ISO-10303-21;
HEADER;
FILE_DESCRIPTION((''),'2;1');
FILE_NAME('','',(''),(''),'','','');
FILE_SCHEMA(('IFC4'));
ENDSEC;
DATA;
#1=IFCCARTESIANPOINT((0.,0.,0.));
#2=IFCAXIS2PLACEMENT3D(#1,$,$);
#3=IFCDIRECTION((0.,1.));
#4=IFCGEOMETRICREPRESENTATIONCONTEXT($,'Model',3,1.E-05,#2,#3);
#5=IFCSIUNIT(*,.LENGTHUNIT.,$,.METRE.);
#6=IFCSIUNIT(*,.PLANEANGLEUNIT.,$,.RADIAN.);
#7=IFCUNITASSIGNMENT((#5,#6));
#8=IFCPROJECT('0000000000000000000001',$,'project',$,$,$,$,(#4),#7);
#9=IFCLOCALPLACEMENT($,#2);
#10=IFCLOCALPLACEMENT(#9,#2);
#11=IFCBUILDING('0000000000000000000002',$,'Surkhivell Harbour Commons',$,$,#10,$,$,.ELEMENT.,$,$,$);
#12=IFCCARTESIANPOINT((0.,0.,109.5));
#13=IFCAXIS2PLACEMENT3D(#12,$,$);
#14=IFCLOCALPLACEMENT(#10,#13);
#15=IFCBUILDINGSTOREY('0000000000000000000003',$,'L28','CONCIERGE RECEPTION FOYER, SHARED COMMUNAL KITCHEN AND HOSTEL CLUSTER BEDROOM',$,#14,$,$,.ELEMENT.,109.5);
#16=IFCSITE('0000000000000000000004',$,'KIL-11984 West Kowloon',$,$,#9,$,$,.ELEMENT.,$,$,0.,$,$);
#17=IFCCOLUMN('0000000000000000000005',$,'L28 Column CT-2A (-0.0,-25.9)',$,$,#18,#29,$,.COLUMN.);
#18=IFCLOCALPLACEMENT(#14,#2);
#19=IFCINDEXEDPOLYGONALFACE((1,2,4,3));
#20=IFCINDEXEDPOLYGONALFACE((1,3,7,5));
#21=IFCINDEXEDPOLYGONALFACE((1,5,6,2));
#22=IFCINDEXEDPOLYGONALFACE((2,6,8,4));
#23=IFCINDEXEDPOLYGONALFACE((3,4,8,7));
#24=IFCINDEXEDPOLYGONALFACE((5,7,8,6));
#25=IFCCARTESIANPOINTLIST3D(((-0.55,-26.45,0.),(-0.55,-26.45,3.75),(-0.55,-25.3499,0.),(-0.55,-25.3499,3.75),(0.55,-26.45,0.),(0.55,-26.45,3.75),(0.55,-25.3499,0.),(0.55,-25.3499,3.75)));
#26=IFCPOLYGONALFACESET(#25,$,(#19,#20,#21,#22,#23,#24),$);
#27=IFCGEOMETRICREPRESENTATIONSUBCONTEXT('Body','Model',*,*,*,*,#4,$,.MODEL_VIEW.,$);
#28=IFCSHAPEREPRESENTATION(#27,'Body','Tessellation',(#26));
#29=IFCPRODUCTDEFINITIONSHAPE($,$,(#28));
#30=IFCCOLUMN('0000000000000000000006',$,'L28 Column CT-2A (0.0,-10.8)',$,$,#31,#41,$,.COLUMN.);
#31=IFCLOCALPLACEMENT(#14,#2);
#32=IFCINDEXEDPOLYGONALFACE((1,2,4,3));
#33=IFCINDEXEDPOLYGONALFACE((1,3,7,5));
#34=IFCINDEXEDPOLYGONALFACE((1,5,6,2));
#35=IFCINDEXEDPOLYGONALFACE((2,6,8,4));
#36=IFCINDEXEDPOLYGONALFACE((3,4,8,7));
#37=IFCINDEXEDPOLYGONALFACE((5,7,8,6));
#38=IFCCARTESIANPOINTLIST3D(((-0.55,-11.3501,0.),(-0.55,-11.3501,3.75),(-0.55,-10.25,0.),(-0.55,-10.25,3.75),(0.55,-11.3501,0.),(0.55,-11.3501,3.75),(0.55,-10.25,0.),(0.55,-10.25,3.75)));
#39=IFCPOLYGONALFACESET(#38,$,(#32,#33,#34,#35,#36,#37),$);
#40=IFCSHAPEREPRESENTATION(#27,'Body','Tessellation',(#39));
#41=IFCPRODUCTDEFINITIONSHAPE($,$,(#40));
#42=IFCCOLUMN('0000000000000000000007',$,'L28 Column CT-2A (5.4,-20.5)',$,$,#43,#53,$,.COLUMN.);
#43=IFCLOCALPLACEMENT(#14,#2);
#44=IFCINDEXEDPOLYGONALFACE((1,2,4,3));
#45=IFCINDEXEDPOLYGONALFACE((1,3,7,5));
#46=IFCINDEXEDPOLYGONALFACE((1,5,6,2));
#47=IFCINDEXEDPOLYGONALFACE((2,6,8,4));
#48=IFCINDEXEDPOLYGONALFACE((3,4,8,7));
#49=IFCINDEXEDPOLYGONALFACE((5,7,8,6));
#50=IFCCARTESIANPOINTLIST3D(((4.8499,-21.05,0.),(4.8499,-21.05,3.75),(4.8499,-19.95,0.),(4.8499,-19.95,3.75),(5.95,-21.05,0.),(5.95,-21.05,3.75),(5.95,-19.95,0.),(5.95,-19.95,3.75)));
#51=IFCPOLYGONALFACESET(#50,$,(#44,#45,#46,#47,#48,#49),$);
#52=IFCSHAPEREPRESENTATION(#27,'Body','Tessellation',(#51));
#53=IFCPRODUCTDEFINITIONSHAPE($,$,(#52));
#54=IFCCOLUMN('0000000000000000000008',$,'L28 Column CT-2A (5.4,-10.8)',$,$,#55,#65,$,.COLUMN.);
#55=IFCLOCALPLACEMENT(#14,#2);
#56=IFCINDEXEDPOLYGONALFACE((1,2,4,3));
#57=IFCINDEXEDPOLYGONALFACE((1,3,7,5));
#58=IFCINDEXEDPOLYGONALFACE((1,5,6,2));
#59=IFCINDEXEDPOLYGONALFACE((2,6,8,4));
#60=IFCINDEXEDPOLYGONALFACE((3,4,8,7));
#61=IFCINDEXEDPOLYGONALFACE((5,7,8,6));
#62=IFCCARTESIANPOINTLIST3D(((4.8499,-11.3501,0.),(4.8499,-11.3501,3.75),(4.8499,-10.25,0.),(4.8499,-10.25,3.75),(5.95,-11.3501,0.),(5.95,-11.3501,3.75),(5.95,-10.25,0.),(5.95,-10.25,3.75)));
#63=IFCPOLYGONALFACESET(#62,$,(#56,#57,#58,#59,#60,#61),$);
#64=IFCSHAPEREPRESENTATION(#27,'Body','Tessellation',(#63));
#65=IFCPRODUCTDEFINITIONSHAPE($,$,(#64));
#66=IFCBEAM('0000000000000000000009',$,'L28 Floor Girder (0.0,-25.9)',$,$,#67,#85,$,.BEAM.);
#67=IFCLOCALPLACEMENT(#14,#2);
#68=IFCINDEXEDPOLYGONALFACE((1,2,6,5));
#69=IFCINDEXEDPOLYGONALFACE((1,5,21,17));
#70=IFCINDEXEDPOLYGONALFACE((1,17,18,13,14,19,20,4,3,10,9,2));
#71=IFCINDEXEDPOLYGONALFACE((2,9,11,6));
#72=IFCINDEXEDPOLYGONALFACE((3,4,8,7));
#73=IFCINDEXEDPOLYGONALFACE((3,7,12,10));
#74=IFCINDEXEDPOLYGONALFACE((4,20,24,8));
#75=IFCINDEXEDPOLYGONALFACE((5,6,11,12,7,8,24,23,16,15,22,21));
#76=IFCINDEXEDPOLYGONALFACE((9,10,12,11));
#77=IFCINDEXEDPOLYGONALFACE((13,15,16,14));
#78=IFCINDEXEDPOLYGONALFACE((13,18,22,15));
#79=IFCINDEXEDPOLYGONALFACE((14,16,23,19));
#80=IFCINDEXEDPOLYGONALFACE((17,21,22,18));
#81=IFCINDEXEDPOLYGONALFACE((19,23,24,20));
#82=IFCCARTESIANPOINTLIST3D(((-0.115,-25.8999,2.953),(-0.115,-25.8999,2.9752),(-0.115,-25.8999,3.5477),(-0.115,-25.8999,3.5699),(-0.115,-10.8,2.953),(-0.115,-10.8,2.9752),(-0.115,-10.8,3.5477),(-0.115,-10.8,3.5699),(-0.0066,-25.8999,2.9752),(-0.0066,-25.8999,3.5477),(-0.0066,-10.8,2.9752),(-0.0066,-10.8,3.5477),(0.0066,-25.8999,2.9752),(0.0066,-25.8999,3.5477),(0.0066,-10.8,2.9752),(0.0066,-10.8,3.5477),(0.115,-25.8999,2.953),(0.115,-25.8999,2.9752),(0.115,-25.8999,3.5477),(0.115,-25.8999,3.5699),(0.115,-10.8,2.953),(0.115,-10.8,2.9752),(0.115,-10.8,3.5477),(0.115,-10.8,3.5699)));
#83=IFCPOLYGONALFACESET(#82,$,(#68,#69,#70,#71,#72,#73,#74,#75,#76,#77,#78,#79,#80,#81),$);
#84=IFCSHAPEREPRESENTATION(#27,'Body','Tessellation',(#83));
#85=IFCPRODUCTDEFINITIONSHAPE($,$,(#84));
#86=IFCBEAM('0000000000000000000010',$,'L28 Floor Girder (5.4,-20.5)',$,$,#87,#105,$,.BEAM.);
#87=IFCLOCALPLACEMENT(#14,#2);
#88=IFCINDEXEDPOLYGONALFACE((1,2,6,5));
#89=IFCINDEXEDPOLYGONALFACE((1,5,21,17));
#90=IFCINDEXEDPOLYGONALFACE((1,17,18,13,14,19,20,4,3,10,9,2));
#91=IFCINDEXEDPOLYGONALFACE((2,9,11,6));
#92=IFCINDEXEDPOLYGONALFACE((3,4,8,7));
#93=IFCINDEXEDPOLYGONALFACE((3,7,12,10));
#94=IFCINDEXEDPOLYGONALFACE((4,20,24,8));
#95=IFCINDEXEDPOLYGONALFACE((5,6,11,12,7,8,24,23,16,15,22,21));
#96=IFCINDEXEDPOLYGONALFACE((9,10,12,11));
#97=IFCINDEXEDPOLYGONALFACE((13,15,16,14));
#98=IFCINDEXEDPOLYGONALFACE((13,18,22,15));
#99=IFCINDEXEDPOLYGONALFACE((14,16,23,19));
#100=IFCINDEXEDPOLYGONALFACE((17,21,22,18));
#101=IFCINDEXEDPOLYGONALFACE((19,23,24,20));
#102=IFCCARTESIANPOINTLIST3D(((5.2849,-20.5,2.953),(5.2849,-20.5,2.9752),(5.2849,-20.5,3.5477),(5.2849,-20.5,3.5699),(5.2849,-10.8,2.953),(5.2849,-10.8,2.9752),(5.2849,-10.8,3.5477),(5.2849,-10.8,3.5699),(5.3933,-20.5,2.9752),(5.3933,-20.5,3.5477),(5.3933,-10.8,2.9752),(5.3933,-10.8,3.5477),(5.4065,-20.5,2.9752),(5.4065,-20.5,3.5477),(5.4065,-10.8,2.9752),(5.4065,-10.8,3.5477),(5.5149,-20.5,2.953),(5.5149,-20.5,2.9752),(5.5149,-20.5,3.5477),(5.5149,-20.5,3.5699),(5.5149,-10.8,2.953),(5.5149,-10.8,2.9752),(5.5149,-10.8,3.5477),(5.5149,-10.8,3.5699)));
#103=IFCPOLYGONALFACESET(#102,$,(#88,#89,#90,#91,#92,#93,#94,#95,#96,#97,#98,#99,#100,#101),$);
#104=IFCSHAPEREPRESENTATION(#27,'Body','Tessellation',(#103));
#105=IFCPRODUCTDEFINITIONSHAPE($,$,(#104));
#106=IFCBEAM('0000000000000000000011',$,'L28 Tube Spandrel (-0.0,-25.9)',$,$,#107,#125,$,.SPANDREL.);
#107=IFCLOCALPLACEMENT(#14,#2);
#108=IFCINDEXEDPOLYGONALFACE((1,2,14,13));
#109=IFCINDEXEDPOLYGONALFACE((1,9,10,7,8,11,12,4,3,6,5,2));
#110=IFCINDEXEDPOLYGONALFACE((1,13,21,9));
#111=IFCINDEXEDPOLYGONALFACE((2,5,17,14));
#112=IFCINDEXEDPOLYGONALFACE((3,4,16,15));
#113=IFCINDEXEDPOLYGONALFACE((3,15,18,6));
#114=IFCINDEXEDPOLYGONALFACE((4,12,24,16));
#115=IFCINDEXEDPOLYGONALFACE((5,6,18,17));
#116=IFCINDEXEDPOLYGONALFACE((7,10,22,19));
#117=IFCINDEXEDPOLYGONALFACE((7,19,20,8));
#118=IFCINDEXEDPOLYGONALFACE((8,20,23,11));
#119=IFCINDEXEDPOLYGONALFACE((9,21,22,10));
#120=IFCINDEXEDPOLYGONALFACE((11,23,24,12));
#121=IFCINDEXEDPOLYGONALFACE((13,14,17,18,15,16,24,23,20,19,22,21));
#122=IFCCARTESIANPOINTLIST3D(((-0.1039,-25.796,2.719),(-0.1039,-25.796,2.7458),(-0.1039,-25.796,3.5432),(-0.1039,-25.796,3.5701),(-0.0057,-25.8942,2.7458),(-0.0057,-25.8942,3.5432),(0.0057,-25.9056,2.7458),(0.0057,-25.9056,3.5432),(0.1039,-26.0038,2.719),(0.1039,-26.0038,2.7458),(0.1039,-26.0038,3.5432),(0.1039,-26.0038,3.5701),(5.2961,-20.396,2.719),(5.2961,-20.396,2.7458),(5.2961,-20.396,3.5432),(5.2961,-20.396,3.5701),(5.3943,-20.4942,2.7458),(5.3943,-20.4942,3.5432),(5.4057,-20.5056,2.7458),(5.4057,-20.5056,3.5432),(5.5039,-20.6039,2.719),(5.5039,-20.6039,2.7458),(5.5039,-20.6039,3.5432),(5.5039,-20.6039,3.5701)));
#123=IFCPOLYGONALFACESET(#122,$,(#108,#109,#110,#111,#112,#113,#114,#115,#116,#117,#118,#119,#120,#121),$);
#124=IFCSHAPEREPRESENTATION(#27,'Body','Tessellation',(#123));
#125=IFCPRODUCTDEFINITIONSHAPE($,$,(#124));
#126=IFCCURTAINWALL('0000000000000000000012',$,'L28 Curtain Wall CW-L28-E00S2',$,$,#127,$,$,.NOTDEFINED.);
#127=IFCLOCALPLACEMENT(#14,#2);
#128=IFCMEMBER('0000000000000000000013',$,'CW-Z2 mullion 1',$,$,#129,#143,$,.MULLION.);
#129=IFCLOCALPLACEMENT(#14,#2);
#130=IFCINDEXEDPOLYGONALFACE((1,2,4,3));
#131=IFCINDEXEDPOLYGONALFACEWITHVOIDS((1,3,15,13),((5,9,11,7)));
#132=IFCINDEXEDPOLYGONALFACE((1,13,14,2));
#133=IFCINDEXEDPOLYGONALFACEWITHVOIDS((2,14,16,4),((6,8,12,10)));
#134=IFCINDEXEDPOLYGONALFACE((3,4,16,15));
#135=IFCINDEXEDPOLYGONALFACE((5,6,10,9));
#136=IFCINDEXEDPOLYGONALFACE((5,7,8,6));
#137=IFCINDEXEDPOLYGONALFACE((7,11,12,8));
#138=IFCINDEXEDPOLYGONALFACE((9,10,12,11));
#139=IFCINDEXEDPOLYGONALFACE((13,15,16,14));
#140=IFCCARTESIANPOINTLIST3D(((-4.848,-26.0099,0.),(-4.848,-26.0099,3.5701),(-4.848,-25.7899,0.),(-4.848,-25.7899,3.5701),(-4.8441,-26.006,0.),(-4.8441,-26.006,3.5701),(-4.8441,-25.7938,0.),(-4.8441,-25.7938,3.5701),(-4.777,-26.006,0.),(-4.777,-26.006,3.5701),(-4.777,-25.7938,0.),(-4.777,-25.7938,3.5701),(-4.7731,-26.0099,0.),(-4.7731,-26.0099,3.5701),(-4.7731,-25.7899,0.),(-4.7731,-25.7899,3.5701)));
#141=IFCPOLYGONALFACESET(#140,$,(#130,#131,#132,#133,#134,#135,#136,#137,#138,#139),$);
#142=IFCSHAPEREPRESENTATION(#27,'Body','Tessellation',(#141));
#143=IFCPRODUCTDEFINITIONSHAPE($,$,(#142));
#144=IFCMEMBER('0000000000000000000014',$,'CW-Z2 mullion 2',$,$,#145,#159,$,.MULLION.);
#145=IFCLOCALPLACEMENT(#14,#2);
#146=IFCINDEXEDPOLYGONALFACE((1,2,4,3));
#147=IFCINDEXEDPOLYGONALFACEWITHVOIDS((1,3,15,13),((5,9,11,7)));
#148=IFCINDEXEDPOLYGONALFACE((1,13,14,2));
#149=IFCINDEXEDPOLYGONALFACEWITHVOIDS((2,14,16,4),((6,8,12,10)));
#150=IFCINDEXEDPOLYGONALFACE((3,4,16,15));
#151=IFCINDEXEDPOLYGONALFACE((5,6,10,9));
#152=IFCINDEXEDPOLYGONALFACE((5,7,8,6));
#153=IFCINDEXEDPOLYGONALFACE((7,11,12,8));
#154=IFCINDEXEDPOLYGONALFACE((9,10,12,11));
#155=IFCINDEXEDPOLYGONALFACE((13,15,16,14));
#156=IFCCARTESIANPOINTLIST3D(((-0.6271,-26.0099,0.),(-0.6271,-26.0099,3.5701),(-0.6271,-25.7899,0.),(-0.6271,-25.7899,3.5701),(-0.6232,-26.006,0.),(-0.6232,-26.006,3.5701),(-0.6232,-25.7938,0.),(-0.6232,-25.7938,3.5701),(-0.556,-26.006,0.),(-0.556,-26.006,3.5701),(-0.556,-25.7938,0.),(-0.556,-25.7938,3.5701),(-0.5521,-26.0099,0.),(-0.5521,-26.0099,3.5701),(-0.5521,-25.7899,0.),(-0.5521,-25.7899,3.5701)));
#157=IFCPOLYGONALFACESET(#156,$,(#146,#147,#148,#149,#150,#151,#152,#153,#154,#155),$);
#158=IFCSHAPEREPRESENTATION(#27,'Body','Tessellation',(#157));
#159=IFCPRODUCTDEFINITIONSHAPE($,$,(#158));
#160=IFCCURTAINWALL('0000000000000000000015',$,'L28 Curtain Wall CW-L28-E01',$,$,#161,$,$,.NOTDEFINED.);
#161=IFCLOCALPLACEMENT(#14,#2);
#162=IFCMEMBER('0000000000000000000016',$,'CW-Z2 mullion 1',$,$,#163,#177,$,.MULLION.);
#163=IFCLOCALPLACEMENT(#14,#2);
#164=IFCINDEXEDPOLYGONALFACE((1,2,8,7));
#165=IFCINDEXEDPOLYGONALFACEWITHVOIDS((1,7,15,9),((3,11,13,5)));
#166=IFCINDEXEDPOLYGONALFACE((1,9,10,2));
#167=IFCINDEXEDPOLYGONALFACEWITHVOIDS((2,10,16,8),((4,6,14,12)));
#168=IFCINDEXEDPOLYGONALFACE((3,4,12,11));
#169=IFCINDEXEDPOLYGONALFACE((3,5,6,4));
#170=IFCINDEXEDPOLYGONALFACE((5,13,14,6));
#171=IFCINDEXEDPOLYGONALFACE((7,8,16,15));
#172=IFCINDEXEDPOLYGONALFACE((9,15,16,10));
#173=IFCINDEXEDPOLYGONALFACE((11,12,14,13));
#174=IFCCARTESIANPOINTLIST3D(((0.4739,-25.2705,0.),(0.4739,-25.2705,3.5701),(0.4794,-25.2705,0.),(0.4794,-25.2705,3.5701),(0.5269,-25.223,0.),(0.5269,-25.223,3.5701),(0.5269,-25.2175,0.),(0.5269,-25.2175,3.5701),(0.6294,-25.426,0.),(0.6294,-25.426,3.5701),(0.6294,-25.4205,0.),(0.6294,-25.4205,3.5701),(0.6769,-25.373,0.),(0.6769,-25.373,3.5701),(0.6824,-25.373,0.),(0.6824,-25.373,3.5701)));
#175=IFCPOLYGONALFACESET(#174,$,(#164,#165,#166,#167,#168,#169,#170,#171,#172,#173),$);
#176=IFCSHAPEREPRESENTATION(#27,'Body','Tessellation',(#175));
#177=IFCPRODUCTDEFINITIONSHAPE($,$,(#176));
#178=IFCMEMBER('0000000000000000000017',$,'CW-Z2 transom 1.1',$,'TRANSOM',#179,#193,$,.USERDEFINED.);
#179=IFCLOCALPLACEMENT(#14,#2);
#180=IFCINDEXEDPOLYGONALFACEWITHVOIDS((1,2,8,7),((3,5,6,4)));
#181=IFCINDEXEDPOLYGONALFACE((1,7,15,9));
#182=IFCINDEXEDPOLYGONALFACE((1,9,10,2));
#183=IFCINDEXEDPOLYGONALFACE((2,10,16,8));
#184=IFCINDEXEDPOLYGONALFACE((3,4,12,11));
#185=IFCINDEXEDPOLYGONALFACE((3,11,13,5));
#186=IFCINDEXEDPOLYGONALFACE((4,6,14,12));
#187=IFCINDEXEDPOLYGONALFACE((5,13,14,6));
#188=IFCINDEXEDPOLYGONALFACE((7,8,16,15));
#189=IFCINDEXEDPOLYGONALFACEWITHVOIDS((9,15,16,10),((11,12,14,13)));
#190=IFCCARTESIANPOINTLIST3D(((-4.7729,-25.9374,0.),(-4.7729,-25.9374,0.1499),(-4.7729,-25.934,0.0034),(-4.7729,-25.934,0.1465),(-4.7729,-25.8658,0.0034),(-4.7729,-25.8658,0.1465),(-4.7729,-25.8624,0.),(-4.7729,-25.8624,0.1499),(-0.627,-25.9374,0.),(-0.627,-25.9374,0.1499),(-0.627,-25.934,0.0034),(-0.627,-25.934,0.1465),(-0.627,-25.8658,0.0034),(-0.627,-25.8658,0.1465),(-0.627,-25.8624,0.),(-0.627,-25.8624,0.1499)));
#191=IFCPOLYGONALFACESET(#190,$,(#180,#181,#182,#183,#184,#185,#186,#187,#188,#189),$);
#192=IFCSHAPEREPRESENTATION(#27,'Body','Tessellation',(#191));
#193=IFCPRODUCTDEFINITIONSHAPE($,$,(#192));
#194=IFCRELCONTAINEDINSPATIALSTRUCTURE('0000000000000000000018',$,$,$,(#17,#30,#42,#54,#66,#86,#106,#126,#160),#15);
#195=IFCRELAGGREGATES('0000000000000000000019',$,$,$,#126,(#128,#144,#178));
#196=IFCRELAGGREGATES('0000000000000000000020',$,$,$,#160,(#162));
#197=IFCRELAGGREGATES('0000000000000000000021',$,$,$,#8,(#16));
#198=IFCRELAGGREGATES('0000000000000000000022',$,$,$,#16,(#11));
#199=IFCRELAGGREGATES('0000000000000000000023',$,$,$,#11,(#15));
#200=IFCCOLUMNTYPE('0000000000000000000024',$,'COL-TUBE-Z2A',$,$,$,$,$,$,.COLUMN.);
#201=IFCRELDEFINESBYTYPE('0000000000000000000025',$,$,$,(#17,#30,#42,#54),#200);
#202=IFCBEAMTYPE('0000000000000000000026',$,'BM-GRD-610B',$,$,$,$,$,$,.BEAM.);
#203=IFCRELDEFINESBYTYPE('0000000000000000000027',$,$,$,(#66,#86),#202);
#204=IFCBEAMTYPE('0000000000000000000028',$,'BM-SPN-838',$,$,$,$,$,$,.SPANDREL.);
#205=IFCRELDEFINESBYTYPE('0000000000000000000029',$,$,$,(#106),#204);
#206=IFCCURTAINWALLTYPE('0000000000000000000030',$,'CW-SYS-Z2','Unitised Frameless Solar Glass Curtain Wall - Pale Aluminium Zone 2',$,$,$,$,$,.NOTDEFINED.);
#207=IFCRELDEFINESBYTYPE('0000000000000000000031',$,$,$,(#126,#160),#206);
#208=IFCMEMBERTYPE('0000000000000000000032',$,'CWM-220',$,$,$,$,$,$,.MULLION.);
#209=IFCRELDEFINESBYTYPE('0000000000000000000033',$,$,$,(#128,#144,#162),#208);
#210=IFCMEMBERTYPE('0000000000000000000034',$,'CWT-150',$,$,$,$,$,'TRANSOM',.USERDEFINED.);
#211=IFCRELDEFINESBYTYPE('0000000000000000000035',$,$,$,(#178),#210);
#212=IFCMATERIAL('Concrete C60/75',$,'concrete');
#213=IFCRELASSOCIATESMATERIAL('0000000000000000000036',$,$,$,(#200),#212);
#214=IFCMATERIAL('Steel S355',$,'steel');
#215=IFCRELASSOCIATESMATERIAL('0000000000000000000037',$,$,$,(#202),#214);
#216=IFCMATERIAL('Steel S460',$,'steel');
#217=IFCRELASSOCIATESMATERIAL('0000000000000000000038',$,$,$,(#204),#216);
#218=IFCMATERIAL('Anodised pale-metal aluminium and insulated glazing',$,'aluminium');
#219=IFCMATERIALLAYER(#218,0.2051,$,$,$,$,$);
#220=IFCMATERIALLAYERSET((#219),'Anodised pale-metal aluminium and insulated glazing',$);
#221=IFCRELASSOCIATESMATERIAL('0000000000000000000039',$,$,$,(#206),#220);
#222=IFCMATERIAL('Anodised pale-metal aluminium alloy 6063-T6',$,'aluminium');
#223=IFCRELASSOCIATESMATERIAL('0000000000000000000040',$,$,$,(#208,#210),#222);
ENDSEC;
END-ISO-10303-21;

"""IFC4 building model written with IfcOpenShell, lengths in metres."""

from ifc_helpers import new_model, si_unit, direction, frame, origin, origin_2d, place, context, subcontext, project, spatial, rectangle, hollow_rectangle, i_section, extrude, material, layer, layer_set, material_profile, profile_set, type_object, element, aggregate, save


model = new_model("IFC4")

# Units and contexts
model_context = context("Model", 3, precision=1e-05, world=origin(), true_north=direction((0.0, 1.0)))
body_context = subcontext(model_context, "Body", "Model", "MODEL_VIEW")
ifc_project = project(units=[si_unit("LENGTHUNIT", "METRE"), si_unit("PLANEANGLEUNIT", "RADIAN")], contexts=[model_context])

# Site, building, storey
site_placement = place(None, origin())
site = spatial("IfcSite", under=ifc_project, at=site_placement, Name="KIL-11984 West Kowloon", CompositionType="ELEMENT", RefElevation=0.0)
building_placement = place(site_placement, origin())
building = spatial("IfcBuilding", under=site, at=building_placement, Name="Surkhivell Harbour Commons", CompositionType="ELEMENT")
storey_placement = place(building_placement, frame((0.0, 0.0, 109.5)))
storey = spatial("IfcBuildingStorey", under=building, at=storey_placement, Name="L28", Description="CONCIERGE RECEPTION FOYER, SHARED COMMUNAL KITCHEN AND HOSTEL CLUSTER BEDROOM", CompositionType="ELEMENT", Elevation=109.5)

# Columns
ifc_material_1 = material(Name="Concrete C60/75", Category="concrete")
ifc_material_profile_1 = material_profile(ifc_material_1, rectangle(XDim=1.1001, YDim=1.1001, at=origin_2d()), Name="RC-COL-1100x1100")
ifc_profile_set_1 = profile_set([ifc_material_profile_1], Name="Concrete C60/75")
column_type = type_object("IfcColumnType", Name="COL-TUBE-Z2A", PredefinedType="COLUMN", material=ifc_profile_set_1)
for number, where, z_axis, x_axis, name in (
    (1, (0.0, -25.8999, 0.0), (0.0, 0.0, 1.0), (1.0, 0.0, 0.0), "L28 Column CT-2A (-0.0,-25.9)"),
    (2, (0.0, -10.8, 0.0), (0.0, 0.0, 1.0), (1.0, 0.0, 0.0), "L28 Column CT-2A (0.0,-10.8)"),
    (3, (5.3999, -20.5, 0.0), (0.0, 0.0, 1.0), (1.0, 0.0, 0.0), "L28 Column CT-2A (5.4,-20.5)"),
    (4, (5.3999, -10.8, 0.0), (0.0, 0.0, 1.0), (1.0, 0.0, 0.0), "L28 Column CT-2A (5.4,-10.8)"),
):
    element("IfcColumn", number, at=place(storey_placement, frame(where, z_axis=z_axis, x_axis=x_axis)), inside=storey, type_object=column_type, Name=name, PredefinedType="COLUMN", context=body_context, shape_type="SweptSolid", body=[
        extrude(rectangle(XDim=1.1001, YDim=1.1001, at=origin_2d()), origin(), (0.0, 0.0, 1.0), 3.75),
    ])

# Beams
ifc_material_2 = material(Name="Steel S355", Category="steel")
ifc_material_profile_2 = material_profile(ifc_material_2, i_section(OverallWidth=0.23, OverallDepth=0.6169, WebThickness=0.0132, FlangeThickness=0.0222, at=origin_2d()), Name="UB610x229x140")
ifc_profile_set_2 = profile_set([ifc_material_profile_2], Name="Steel S355")
beam_type_1 = type_object("IfcBeamType", Name="BM-GRD-610B", PredefinedType="BEAM", material=ifc_profile_set_2)
beam_1_placement = place(storey_placement, frame((0.0, -25.8999, 3.2615), z_axis=(0.0, 1.0, 0.0), x_axis=(-1.0, 0.0, 0.0)))
element("IfcBeam", 5, at=beam_1_placement, inside=storey, type_object=beam_type_1, Name="L28 Floor Girder (0.0,-25.9)", PredefinedType="BEAM", context=body_context, shape_type="SweptSolid", body=[
    extrude(i_section(OverallWidth=0.23, OverallDepth=0.6169, WebThickness=0.0132, FlangeThickness=0.0222, at=origin_2d()), origin(), (0.0, 0.0, 1.0), 15.0999),
])
beam_2_placement = place(storey_placement, frame((5.3999, -20.5, 3.2615), z_axis=(0.0, 1.0, 0.0), x_axis=(-1.0, 0.0, 0.0)))
element("IfcBeam", 6, at=beam_2_placement, inside=storey, type_object=beam_type_1, Name="L28 Floor Girder (5.4,-20.5)", PredefinedType="BEAM", context=body_context, shape_type="SweptSolid", body=[
    extrude(i_section(OverallWidth=0.23, OverallDepth=0.6169, WebThickness=0.0132, FlangeThickness=0.0222, at=origin_2d()), origin(), (0.0, 0.0, 1.0), 9.7),
])
ifc_material_3 = material(Name="Steel S460", Category="steel")
ifc_material_profile_3 = material_profile(ifc_material_3, i_section(OverallWidth=0.2939, OverallDepth=0.8511, WebThickness=0.0161, FlangeThickness=0.0269, at=origin_2d()), Name="UB838x292x226")
ifc_profile_set_3 = profile_set([ifc_material_profile_3], Name="Steel S460")
beam_type_2 = type_object("IfcBeamType", Name="BM-SPN-838", PredefinedType="SPANDREL", material=ifc_profile_set_3)
beam_3_placement = place(storey_placement, frame((0.0, -25.8999, 3.1445), z_axis=(0.707107, 0.707107, 0.0), x_axis=(-0.707107, 0.707107, 0.0)))
element("IfcBeam", 7, at=beam_3_placement, inside=storey, type_object=beam_type_2, Name="L28 Tube Spandrel (-0.0,-25.9)", PredefinedType="SPANDREL", context=body_context, shape_type="SweptSolid", body=[
    extrude(i_section(OverallWidth=0.2939, OverallDepth=0.8511, WebThickness=0.0161, FlangeThickness=0.0269, at=origin_2d()), origin(), (0.0, 0.0, 1.0), 7.6367),
])

# Curtain wall, members
ifc_material_4 = material(Name="Anodised pale-metal aluminium and insulated glazing", Category="aluminium")
ifc_layer_1 = layer(ifc_material_4, 0.2051)
ifc_layer_set_1 = layer_set([ifc_layer_1], Name="Anodised pale-metal aluminium and insulated glazing")
curtain_wall_type = type_object("IfcCurtainWallType", Name="CW-SYS-Z2", Description="Unitised Frameless Solar Glass Curtain Wall - Pale Aluminium Zone 2", PredefinedType="NOTDEFINED", material=ifc_layer_set_1)
curtain_wall_1_placement = place(storey_placement, origin())
curtain_wall_1 = element("IfcCurtainWall", 8, at=curtain_wall_1_placement, inside=storey, type_object=curtain_wall_type, Name="L28 Curtain Wall CW-L28-E00S2", PredefinedType="NOTDEFINED")
ifc_material_5 = material(Name="Anodised pale-metal aluminium alloy 6063-T6", Category="aluminium")
ifc_material_profile_4 = material_profile(ifc_material_5, hollow_rectangle(XDim=0.075, YDim=0.22, WallThickness=0.0039, at=origin_2d()), Name="ALU-MULL-75x220")
ifc_profile_set_4 = profile_set([ifc_material_profile_4], Name="Anodised pale-metal aluminium alloy 6063-T6")
member_type_1 = type_object("IfcMemberType", Name="CWM-220", PredefinedType="MULLION", material=ifc_profile_set_4)
member_1_placement = place(storey_placement, frame((-4.8105, -25.8999, 0.0), z_axis=(0.0, 0.0, 1.0), x_axis=(1.0, 0.0, 0.0)))
member_1 = element("IfcMember", 9, at=member_1_placement, type_object=member_type_1, Name="CW-Z2 mullion 1", PredefinedType="MULLION", context=body_context, shape_type="SweptSolid", body=[
    extrude(hollow_rectangle(XDim=0.075, YDim=0.22, WallThickness=0.0039, at=origin_2d()), origin(), (0.0, 0.0, 1.0), 3.5701),
])
member_2_placement = place(storey_placement, frame((-0.5896, -25.8999, 0.0), z_axis=(0.0, 0.0, 1.0), x_axis=(1.0, 0.0, 0.0)))
member_2 = element("IfcMember", 10, at=member_2_placement, type_object=member_type_1, Name="CW-Z2 mullion 2", PredefinedType="MULLION", context=body_context, shape_type="SweptSolid", body=[
    extrude(hollow_rectangle(XDim=0.075, YDim=0.22, WallThickness=0.0039, at=origin_2d()), origin(), (0.0, 0.0, 1.0), 3.5701),
])

# Curtain wall, member
curtain_wall_2_placement = place(storey_placement, origin())
curtain_wall_2 = element("IfcCurtainWall", 11, at=curtain_wall_2_placement, inside=storey, type_object=curtain_wall_type, Name="L28 Curtain Wall CW-L28-E01", PredefinedType="NOTDEFINED")
member_3_placement = place(storey_placement, frame((0.5781, -25.3218, 0.0), z_axis=(0.0, 0.0, 1.0), x_axis=(0.707107, 0.707107, 0.0)))
member_3 = element("IfcMember", 12, at=member_3_placement, type_object=member_type_1, Name="CW-Z2 mullion 1", PredefinedType="MULLION", context=body_context, shape_type="SweptSolid", body=[
    extrude(hollow_rectangle(XDim=0.075, YDim=0.22, WallThickness=0.0039, at=origin_2d()), origin(), (0.0, 0.0, 1.0), 3.5701),
])

# Member
ifc_material_profile_5 = material_profile(ifc_material_5, hollow_rectangle(XDim=0.075, YDim=0.1499, WallThickness=0.0034, at=origin_2d()), Name="ALU-TRAN-75x150")
ifc_profile_set_5 = profile_set([ifc_material_profile_5], Name="Anodised pale-metal aluminium alloy 6063-T6")
member_type_2 = type_object("IfcMemberType", Name="CWT-150", ElementType="TRANSOM", PredefinedType="USERDEFINED", material=ifc_profile_set_5)
member_4_placement = place(storey_placement, frame((-4.7729, -25.8999, 0.075), z_axis=(1.0, 0.0, 0.0), x_axis=(0.0, 1.0, 0.0)))
member_4 = element("IfcMember", 13, at=member_4_placement, type_object=member_type_2, Name="CW-Z2 transom 1.1", ObjectType="TRANSOM", PredefinedType="USERDEFINED", context=body_context, shape_type="SweptSolid", body=[
    extrude(hollow_rectangle(XDim=0.075, YDim=0.1499, WallThickness=0.0034, at=origin_2d()), origin(), (0.0, 0.0, 1.0), 4.146),
])

aggregate(curtain_wall_1, [member_1, member_2, member_4])
aggregate(curtain_wall_2, [member_3])

save(model, "model.ifc")
